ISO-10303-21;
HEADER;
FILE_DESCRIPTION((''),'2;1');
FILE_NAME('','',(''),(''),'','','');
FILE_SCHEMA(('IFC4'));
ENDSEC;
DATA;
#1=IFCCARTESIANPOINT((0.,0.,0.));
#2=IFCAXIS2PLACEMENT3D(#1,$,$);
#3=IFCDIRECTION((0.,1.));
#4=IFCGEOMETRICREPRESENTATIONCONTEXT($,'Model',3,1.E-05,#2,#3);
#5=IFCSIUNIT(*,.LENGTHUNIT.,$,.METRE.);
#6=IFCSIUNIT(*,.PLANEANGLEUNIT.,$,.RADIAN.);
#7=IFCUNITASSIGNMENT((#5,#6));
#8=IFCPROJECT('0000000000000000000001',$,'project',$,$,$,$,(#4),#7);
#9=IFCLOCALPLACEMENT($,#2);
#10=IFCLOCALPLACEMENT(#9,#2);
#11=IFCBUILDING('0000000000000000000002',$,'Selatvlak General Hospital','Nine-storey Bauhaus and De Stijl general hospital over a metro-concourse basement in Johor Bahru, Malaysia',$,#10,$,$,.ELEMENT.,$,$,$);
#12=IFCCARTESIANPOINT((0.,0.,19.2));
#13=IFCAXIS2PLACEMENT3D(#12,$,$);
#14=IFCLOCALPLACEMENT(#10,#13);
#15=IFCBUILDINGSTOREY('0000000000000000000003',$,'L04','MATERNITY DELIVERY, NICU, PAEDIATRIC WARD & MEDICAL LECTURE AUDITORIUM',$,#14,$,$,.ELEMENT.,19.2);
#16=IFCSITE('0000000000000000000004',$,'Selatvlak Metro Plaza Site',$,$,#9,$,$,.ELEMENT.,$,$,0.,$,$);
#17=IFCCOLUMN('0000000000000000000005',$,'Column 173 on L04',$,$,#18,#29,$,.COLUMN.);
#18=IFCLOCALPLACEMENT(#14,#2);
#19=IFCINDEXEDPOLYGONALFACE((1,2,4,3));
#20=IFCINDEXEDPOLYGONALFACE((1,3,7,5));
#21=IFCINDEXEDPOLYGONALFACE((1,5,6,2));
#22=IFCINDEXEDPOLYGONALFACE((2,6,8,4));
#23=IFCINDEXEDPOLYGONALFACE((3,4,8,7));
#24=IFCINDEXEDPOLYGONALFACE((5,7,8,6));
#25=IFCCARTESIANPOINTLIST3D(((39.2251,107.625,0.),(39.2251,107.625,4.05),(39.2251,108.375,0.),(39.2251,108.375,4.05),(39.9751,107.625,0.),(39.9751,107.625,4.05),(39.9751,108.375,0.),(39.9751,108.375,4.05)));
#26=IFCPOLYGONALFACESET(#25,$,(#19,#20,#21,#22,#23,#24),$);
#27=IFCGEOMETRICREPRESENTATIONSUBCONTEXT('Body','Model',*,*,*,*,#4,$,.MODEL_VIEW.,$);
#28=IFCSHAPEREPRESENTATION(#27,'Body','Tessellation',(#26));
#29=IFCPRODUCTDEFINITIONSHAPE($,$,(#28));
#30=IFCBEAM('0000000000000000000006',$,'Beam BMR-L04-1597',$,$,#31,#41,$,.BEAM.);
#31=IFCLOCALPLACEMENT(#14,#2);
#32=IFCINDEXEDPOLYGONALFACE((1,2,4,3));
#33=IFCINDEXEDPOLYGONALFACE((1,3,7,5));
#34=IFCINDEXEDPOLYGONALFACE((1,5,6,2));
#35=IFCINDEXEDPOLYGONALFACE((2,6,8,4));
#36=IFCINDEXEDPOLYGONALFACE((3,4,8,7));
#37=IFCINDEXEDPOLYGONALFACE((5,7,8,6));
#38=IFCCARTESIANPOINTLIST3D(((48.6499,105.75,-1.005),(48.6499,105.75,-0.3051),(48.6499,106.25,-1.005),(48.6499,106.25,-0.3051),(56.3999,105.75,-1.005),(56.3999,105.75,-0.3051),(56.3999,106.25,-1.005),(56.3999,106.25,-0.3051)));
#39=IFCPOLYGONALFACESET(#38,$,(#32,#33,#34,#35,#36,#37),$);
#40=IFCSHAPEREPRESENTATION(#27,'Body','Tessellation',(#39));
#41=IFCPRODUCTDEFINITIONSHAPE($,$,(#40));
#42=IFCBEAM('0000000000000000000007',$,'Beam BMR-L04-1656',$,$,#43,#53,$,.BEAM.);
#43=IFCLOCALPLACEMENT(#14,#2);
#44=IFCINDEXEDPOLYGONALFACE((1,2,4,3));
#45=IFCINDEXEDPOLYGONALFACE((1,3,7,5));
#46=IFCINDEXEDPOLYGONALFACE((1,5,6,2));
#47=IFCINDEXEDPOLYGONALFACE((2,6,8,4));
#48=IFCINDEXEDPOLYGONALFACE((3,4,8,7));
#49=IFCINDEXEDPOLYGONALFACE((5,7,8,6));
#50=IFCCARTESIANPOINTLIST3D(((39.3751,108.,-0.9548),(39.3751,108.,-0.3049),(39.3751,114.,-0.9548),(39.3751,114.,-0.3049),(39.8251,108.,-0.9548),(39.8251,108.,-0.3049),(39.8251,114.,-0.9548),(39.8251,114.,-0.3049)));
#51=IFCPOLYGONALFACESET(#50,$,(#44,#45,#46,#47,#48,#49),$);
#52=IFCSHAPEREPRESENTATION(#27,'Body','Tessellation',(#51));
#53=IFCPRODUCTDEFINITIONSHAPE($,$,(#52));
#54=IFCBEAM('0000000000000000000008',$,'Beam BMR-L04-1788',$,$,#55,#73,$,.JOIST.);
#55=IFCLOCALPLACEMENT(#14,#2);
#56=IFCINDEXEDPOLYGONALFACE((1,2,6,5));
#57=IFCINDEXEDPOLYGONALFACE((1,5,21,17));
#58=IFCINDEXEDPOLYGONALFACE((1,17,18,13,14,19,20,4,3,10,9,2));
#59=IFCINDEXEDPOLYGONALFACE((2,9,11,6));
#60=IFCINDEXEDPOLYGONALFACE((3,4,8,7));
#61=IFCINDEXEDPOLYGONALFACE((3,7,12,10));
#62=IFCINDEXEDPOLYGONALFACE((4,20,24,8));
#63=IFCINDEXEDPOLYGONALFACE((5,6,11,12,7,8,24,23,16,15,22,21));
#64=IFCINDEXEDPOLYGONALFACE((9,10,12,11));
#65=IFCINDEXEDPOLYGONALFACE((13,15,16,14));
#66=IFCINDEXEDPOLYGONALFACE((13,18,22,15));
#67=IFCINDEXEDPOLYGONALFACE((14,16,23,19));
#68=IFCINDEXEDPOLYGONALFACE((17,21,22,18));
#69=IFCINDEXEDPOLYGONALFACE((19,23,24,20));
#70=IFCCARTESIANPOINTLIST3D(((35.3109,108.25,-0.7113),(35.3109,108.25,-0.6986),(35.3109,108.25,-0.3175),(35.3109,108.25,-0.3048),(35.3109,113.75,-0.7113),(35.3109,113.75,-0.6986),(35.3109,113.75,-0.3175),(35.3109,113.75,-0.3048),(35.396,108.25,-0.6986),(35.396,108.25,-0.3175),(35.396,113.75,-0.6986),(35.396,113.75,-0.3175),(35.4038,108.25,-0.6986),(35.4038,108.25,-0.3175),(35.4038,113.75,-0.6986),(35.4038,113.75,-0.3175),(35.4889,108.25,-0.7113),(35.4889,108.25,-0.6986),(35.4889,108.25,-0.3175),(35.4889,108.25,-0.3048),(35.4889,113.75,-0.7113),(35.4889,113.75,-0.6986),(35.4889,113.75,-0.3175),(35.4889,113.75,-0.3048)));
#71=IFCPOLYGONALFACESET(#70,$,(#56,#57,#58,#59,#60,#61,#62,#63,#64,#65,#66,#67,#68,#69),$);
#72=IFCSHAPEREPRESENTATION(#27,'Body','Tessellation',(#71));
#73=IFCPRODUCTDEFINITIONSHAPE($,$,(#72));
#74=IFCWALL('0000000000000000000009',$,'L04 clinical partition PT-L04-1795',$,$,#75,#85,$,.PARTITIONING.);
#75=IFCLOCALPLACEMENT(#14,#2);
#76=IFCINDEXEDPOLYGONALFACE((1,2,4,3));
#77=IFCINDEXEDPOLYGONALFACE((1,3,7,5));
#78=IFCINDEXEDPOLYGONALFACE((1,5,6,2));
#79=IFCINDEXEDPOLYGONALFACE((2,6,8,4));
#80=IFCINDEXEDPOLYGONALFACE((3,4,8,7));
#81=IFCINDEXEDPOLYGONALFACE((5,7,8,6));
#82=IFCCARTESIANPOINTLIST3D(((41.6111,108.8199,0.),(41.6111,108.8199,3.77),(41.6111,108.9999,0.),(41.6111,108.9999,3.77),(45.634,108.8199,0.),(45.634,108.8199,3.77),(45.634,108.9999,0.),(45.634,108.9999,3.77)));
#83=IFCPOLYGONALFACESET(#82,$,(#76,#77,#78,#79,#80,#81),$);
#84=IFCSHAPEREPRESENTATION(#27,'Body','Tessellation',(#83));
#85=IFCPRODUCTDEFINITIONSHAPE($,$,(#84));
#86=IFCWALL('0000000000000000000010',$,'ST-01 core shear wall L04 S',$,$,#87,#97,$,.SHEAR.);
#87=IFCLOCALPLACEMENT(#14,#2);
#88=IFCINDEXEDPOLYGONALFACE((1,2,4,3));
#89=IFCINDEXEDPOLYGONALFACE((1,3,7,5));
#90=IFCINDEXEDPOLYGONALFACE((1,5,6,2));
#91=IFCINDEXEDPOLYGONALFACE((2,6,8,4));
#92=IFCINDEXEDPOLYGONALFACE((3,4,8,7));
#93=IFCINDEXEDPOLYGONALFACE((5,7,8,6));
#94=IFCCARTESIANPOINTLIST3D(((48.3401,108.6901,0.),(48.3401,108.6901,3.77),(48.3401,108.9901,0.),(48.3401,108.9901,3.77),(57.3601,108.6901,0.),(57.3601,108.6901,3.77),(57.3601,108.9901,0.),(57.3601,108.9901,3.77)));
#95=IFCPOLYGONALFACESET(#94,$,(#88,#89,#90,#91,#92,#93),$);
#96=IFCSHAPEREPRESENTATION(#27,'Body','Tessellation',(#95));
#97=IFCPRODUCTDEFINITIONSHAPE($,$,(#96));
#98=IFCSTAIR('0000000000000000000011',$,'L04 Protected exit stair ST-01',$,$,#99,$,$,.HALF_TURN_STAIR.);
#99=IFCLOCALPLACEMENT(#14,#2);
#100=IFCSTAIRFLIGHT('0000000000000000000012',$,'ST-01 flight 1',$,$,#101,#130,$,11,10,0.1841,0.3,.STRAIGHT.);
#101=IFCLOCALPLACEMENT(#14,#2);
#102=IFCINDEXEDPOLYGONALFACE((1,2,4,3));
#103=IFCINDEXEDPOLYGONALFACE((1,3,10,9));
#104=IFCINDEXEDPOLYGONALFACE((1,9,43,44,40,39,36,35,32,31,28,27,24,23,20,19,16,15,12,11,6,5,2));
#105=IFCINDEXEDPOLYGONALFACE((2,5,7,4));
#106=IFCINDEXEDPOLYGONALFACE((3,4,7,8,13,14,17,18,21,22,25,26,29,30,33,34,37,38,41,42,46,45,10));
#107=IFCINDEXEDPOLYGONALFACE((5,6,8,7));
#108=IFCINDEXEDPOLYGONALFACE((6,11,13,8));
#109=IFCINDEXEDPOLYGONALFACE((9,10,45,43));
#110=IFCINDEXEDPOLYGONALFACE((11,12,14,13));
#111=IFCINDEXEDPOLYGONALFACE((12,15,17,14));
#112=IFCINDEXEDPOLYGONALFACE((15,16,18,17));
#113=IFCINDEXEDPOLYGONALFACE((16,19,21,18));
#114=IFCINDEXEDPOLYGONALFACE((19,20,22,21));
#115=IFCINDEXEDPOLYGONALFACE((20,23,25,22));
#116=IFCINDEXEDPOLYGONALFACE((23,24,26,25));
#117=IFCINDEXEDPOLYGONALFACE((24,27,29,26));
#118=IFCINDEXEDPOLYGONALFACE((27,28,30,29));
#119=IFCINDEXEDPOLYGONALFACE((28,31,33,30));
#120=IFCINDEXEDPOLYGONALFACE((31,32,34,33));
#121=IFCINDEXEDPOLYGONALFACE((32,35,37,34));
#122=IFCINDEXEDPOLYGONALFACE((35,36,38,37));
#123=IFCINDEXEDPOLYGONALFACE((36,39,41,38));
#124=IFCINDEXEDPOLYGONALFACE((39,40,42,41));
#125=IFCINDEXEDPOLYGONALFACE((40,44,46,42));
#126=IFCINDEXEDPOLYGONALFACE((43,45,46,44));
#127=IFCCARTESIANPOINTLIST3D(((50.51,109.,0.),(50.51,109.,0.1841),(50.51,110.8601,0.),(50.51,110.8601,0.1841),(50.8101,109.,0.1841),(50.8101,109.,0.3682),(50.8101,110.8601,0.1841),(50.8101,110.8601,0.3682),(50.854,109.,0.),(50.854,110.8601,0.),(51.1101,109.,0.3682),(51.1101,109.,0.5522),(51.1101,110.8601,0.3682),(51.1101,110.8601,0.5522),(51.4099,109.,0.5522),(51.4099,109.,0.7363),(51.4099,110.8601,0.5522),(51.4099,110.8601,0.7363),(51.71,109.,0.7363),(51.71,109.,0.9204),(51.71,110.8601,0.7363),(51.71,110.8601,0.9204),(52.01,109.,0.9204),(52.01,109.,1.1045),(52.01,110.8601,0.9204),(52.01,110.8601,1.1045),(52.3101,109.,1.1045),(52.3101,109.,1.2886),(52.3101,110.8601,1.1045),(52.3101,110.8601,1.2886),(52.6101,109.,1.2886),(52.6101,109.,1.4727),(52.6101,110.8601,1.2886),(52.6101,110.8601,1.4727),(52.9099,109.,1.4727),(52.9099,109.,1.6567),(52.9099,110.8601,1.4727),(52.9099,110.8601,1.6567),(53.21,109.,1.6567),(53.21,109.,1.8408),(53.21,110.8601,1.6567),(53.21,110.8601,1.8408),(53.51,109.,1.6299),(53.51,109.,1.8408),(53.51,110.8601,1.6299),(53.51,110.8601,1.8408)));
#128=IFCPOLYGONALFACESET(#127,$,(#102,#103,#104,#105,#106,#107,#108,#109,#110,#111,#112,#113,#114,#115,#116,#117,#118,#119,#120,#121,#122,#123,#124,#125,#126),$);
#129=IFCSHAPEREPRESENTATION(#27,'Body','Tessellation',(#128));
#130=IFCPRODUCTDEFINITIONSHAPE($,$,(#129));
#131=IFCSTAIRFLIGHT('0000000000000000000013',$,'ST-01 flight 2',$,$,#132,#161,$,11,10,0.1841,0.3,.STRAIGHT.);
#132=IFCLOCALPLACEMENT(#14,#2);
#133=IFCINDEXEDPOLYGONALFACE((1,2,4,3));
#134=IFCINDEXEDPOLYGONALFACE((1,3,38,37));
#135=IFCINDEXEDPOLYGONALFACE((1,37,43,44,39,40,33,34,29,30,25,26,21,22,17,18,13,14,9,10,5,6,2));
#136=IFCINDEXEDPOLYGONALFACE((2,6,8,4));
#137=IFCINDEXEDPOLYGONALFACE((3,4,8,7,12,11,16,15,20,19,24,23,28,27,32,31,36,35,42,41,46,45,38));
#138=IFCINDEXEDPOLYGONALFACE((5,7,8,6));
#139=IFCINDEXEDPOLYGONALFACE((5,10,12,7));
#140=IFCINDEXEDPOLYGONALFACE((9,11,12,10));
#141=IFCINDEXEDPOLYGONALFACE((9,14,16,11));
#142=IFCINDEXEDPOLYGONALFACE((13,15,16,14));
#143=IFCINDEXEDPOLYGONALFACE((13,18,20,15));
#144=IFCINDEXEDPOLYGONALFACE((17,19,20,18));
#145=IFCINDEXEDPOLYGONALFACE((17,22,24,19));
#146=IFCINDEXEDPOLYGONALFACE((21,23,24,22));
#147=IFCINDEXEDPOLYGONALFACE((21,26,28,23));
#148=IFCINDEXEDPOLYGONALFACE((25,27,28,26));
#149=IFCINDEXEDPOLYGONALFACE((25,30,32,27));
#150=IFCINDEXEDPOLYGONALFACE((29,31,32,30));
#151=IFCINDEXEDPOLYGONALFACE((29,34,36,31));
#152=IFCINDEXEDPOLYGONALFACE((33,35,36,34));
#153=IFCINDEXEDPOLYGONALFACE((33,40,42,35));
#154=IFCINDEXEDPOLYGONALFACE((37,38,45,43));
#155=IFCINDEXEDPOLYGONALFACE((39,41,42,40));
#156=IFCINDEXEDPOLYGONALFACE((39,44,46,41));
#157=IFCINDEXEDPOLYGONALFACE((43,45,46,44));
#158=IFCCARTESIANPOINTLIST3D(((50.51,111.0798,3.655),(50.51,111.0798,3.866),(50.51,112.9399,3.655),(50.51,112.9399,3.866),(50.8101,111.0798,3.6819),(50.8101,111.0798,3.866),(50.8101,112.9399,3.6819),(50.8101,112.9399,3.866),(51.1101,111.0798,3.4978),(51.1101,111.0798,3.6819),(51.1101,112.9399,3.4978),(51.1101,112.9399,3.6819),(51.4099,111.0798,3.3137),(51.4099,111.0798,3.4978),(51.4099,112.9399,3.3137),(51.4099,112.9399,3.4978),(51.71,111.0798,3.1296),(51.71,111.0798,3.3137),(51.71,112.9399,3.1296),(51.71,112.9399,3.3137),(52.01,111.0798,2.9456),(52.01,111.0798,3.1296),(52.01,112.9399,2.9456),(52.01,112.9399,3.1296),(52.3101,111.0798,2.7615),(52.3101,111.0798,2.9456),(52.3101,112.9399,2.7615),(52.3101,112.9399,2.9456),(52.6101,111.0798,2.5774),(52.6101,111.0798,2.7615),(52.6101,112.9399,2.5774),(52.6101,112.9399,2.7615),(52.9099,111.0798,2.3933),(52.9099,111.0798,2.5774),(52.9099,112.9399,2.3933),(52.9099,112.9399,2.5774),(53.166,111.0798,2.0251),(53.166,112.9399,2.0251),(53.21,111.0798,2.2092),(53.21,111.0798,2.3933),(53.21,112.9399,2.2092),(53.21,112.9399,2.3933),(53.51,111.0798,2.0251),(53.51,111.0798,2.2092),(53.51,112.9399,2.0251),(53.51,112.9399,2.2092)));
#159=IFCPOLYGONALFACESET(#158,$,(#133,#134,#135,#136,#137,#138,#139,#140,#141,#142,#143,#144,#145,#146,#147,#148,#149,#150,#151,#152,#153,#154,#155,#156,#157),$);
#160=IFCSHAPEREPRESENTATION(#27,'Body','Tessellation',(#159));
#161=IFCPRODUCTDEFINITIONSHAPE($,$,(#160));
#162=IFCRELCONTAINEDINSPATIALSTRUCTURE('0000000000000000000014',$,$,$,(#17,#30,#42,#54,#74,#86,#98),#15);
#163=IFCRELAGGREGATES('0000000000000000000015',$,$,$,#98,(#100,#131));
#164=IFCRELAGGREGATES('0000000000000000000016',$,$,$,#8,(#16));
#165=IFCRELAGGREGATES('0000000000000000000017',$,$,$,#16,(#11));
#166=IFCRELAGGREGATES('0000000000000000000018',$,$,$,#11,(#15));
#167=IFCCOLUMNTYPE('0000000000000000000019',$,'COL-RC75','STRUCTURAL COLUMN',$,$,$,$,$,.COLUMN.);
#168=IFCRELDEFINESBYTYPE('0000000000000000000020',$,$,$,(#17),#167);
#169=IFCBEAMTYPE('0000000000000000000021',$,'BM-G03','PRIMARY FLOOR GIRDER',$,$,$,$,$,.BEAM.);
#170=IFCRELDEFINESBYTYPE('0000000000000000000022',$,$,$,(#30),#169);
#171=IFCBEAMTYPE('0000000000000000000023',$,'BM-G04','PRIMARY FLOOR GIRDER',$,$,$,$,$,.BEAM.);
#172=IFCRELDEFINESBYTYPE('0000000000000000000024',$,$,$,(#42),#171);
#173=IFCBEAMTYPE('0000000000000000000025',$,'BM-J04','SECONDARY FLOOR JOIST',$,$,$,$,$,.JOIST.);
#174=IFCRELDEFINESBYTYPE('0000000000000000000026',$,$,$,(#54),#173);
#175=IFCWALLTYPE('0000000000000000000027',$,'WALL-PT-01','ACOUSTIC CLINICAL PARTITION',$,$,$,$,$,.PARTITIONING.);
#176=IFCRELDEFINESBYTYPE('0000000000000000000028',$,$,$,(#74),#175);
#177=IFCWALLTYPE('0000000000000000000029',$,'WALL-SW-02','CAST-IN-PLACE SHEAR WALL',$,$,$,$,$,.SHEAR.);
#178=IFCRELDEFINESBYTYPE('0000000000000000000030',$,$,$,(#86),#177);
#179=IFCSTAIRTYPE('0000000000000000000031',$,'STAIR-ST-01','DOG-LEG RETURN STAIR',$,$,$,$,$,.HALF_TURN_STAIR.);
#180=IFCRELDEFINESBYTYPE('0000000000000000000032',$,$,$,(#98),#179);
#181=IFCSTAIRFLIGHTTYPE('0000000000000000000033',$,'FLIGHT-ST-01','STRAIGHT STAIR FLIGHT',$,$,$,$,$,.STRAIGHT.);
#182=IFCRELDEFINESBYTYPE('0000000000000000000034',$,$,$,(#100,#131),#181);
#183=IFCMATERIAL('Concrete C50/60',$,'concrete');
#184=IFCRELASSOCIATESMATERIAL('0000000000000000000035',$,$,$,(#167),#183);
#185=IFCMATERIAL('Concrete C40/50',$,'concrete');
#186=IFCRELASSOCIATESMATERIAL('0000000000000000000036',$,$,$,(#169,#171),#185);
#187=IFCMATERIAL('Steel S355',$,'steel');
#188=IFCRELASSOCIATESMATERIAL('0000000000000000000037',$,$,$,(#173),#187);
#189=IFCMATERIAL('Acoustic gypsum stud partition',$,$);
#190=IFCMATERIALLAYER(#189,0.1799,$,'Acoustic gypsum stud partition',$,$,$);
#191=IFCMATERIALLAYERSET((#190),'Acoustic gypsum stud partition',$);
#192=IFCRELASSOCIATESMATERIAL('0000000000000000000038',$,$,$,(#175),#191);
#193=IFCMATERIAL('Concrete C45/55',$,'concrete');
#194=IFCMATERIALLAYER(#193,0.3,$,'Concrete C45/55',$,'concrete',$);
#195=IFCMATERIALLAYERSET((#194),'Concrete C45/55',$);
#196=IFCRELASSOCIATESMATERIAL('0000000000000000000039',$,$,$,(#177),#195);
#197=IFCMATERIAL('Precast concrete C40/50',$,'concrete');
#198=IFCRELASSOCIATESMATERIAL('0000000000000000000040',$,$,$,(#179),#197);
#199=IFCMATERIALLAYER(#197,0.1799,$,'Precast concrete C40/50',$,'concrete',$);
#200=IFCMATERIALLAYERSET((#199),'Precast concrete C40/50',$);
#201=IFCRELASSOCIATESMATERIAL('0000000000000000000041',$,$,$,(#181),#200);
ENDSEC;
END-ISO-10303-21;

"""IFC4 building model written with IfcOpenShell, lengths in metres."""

from ifc_helpers import new_model, si_unit, direction, frame, frame_2d, origin, origin_2d, place, context, subcontext, project, spatial, polyline, rectangle, i_section, outline, extrude, material, layer, layer_set, material_profile, profile_set, type_object, element, aggregate, save


model = new_model("IFC4")

# Units and contexts
model_context = context("Model", 3, precision=1e-05, world=origin(), true_north=direction((0.0, 1.0)))
body_context = subcontext(model_context, "Body", "Model", "MODEL_VIEW")
ifc_project = project(units=[si_unit("LENGTHUNIT", "METRE"), si_unit("PLANEANGLEUNIT", "RADIAN")], contexts=[model_context])

# Site, building, storey
site_placement = place(None, origin())
site = spatial("IfcSite", under=ifc_project, at=site_placement, Name="Selatvlak Metro Plaza Site", CompositionType="ELEMENT", RefElevation=0.0)
building_placement = place(site_placement, origin())
building = spatial("IfcBuilding", under=site, at=building_placement, Name="Selatvlak General Hospital", Description="Nine-storey Bauhaus and De Stijl general hospital over a metro-concourse basement in Johor Bahru, Malaysia", CompositionType="ELEMENT")
storey_placement = place(building_placement, frame((0.0, 0.0, 19.2)))
storey = spatial("IfcBuildingStorey", under=building, at=storey_placement, Name="L04", Description="MATERNITY DELIVERY, NICU, PAEDIATRIC WARD & MEDICAL LECTURE AUDITORIUM", CompositionType="ELEMENT", Elevation=19.2)

# Column
ifc_material_1 = material(Name="Concrete C50/60", Category="concrete")
ifc_material_profile_1 = material_profile(ifc_material_1, rectangle(XDim=0.75, YDim=0.75, at=origin_2d()), Name="RC-COL 750x750")
ifc_profile_set_1 = profile_set([ifc_material_profile_1], Name="Concrete C50/60")
column_type = type_object("IfcColumnType", Name="COL-RC75", Description="STRUCTURAL COLUMN", PredefinedType="COLUMN", material=ifc_profile_set_1)
column_placement = place(storey_placement, frame((39.6001, 108.0, 0.0), z_axis=(0.0, 0.0, 1.0), x_axis=(1.0, 0.0, 0.0)))
element("IfcColumn", 1, at=column_placement, inside=storey, type_object=column_type, Name="Column 173 on L04", PredefinedType="COLUMN", context=body_context, shape_type="SweptSolid", body=[
    extrude(rectangle(XDim=0.75, YDim=0.75, at=origin_2d()), origin(), (0.0, 0.0, 1.0), 4.05),
])

# Beams
ifc_material_2 = material(Name="Concrete C40/50", Category="concrete")
ifc_material_profile_2 = material_profile(ifc_material_2, rectangle(XDim=0.5, YDim=0.7, at=origin_2d()), Name="RC-BM 500x700")
ifc_profile_set_2 = profile_set([ifc_material_profile_2], Name="Concrete C40/50")
beam_type_1 = type_object("IfcBeamType", Name="BM-G03", Description="PRIMARY FLOOR GIRDER", PredefinedType="BEAM", material=ifc_profile_set_2)
beam_1_placement = place(storey_placement, frame((48.6499, 106.0, -0.655), z_axis=(1.0, 0.0, 0.0), x_axis=(0.0, 1.0, 0.0)))
element("IfcBeam", 2, at=beam_1_placement, inside=storey, type_object=beam_type_1, Name="Beam BMR-L04-1597", PredefinedType="BEAM", context=body_context, shape_type="SweptSolid", body=[
    extrude(rectangle(XDim=0.5, YDim=0.7, at=origin_2d()), origin(), (0.0, 0.0, 1.0), 7.75),
])
ifc_material_profile_3 = material_profile(ifc_material_2, rectangle(XDim=0.45, YDim=0.6499, at=origin_2d()), Name="RC-BM 450x650")
ifc_profile_set_3 = profile_set([ifc_material_profile_3], Name="Concrete C40/50")
beam_type_2 = type_object("IfcBeamType", Name="BM-G04", Description="PRIMARY FLOOR GIRDER", PredefinedType="BEAM", material=ifc_profile_set_3)
beam_2_placement = place(storey_placement, frame((39.6001, 108.0, -0.6299), z_axis=(0.0, 1.0, 0.0), x_axis=(-1.0, 0.0, 0.0)))
element("IfcBeam", 3, at=beam_2_placement, inside=storey, type_object=beam_type_2, Name="Beam BMR-L04-1656", PredefinedType="BEAM", context=body_context, shape_type="SweptSolid", body=[
    extrude(rectangle(XDim=0.45, YDim=0.6499, at=origin_2d()), origin(), (0.0, 0.0, 1.0), 6.0),
])
ifc_material_3 = material(Name="Steel S355", Category="steel")
ifc_material_profile_4 = material_profile(ifc_material_3, i_section(OverallWidth=0.178, OverallDepth=0.4065, WebThickness=0.0078, FlangeThickness=0.0127, at=origin_2d()), Name="UB 406x178x60")
ifc_profile_set_4 = profile_set([ifc_material_profile_4], Name="Steel S355")
beam_type_3 = type_object("IfcBeamType", Name="BM-J04", Description="SECONDARY FLOOR JOIST", PredefinedType="JOIST", material=ifc_profile_set_4)
beam_3_placement = place(storey_placement, frame((35.3999, 108.25, -0.5081), z_axis=(0.0, 1.0, 0.0), x_axis=(-1.0, 0.0, 0.0)))
element("IfcBeam", 4, at=beam_3_placement, inside=storey, type_object=beam_type_3, Name="Beam BMR-L04-1788", PredefinedType="JOIST", context=body_context, shape_type="SweptSolid", body=[
    extrude(i_section(OverallWidth=0.178, OverallDepth=0.4065, WebThickness=0.0078, FlangeThickness=0.0127, at=origin_2d()), origin(), (0.0, 0.0, 1.0), 5.5),
])

# Wall
ifc_material_4 = material(Name="Acoustic gypsum stud partition")
ifc_layer_1 = layer(ifc_material_4, 0.1799, Name="Acoustic gypsum stud partition")
ifc_layer_set_1 = layer_set([ifc_layer_1], Name="Acoustic gypsum stud partition")
wall_type_1 = type_object("IfcWallType", Name="WALL-PT-01", Description="ACOUSTIC CLINICAL PARTITION", PredefinedType="PARTITIONING", material=ifc_layer_set_1)
wall_1_placement = place(storey_placement, frame((45.634, 108.9099, 0.0), z_axis=(0.0, 0.0, 1.0), x_axis=(-1.0, 0.0, 0.0)))
element("IfcWall", 5, at=wall_1_placement, inside=storey, type_object=wall_type_1, Name="L04 clinical partition PT-L04-1795", PredefinedType="PARTITIONING", context=body_context, shape_type="SweptSolid", body=[
    extrude(rectangle(XDim=4.0229, YDim=0.1799, at=frame_2d((2.0115, 0.0))), origin(), (0.0, 0.0, 1.0), 3.77),
])

# Wall
ifc_material_5 = material(Name="Concrete C45/55", Category="concrete")
ifc_layer_2 = layer(ifc_material_5, 0.3, Name="Concrete C45/55", Category="concrete")
ifc_layer_set_2 = layer_set([ifc_layer_2], Name="Concrete C45/55")
wall_type_2 = type_object("IfcWallType", Name="WALL-SW-02", Description="CAST-IN-PLACE SHEAR WALL", PredefinedType="SHEAR", material=ifc_layer_set_2)
wall_2_placement = place(storey_placement, frame((48.3401, 108.8401, 0.0), z_axis=(0.0, 0.0, 1.0), x_axis=(1.0, 0.0, 0.0)))
element("IfcWall", 6, at=wall_2_placement, inside=storey, type_object=wall_type_2, Name="ST-01 core shear wall L04 S", PredefinedType="SHEAR", context=body_context, shape_type="SweptSolid", body=[
    extrude(rectangle(XDim=9.02, YDim=0.3, at=frame_2d((4.51, 0.0))), origin(), (0.0, 0.0, 1.0), 3.77),
])

# Stair, stair flights
ifc_material_6 = material(Name="Precast concrete C40/50", Category="concrete")
stair_type = type_object("IfcStairType", Name="STAIR-ST-01", Description="DOG-LEG RETURN STAIR", PredefinedType="HALF_TURN_STAIR", material=ifc_material_6)
stair_placement = place(storey_placement, origin())
stair = element("IfcStair", 7, at=stair_placement, inside=storey, type_object=stair_type, Name="L04 Protected exit stair ST-01", PredefinedType="HALF_TURN_STAIR")
ifc_layer_3 = layer(ifc_material_6, 0.1799, Name="Precast concrete C40/50", Category="concrete")
ifc_layer_set_3 = layer_set([ifc_layer_3], Name="Precast concrete C40/50")
stair_flight_type = type_object("IfcStairFlightType", Name="FLIGHT-ST-01", Description="STRAIGHT STAIR FLIGHT", PredefinedType="STRAIGHT", material=ifc_layer_set_3)
stair_flight_1_placement = place(storey_placement, frame((50.51, 109.9299, 0.0), z_axis=(0.0, 0.0, 1.0), x_axis=(1.0, 0.0, 0.0)))
stair_flight_1 = element("IfcStairFlight", 8, at=stair_flight_1_placement, type_object=stair_flight_type, Name="ST-01 flight 1", NumberOfRisers=11, NumberOfTreads=10, PredefinedType="STRAIGHT", RiserHeight=0.1841, TreadLength=0.3, context=body_context, shape_type="SweptSolid", body=[
    extrude(outline(polyline([(0.0, 0.0), (0.0, 0.1841), (0.3, 0.1841), (0.3, 0.3682), (0.6001, 0.3682), (0.6001, 0.5522), (0.8999, 0.5522), (0.8999, 0.7363), (1.2, 0.7363), (1.2, 0.9204), (1.5, 0.9204), (1.5, 1.1045), (1.8, 1.1045), (1.8, 1.2886), (2.1001, 1.2886), (2.1001, 1.4727), (2.3999, 1.4727), (2.3999, 1.6567), (2.7, 1.6567), (2.7, 1.8408), (3.0, 1.8408), (3.0, 2.0249), (3.0, 1.6299), (0.344, 0.0), (0.0, 0.0)])), frame((0.0, 0.9302, 0.0), z_axis=(0.0, -1.0, 0.0), x_axis=(1.0, 0.0, 0.0)), (0.0, 0.0, 1.0), 1.8601),
])
stair_flight_2_placement = place(storey_placement, frame((53.51, 112.01, 2.0251), z_axis=(0.0, 0.0, 1.0), x_axis=(-1.0, 0.0, 0.0)))
stair_flight_2 = element("IfcStairFlight", 9, at=stair_flight_2_placement, type_object=stair_flight_type, Name="ST-01 flight 2", NumberOfRisers=11, NumberOfTreads=10, PredefinedType="STRAIGHT", RiserHeight=0.1841, TreadLength=0.3, context=body_context, shape_type="SweptSolid", body=[
    extrude(outline(polyline([(0.0, 0.0), (0.0, 0.1841), (0.3, 0.1841), (0.3, 0.3682), (0.6001, 0.3682), (0.6001, 0.5522), (0.8999, 0.5522), (0.8999, 0.7363), (1.2, 0.7363), (1.2, 0.9204), (1.5, 0.9204), (1.5, 1.1045), (1.8, 1.1045), (1.8, 1.2886), (2.1001, 1.2886), (2.1001, 1.4727), (2.3999, 1.4727), (2.3999, 1.6567), (2.7, 1.6567), (2.7, 1.8408), (3.0, 1.8408), (3.0, 2.0249), (3.0, 1.6299), (0.344, 0.0), (0.0, 0.0)])), frame((0.0, 0.9302, 0.0), z_axis=(0.0, -1.0, 0.0), x_axis=(1.0, 0.0, 0.0)), (0.0, 0.0, 1.0), 1.8601),
])
aggregate(stair, [stair_flight_1, stair_flight_2])

save(model, "model.ifc")
